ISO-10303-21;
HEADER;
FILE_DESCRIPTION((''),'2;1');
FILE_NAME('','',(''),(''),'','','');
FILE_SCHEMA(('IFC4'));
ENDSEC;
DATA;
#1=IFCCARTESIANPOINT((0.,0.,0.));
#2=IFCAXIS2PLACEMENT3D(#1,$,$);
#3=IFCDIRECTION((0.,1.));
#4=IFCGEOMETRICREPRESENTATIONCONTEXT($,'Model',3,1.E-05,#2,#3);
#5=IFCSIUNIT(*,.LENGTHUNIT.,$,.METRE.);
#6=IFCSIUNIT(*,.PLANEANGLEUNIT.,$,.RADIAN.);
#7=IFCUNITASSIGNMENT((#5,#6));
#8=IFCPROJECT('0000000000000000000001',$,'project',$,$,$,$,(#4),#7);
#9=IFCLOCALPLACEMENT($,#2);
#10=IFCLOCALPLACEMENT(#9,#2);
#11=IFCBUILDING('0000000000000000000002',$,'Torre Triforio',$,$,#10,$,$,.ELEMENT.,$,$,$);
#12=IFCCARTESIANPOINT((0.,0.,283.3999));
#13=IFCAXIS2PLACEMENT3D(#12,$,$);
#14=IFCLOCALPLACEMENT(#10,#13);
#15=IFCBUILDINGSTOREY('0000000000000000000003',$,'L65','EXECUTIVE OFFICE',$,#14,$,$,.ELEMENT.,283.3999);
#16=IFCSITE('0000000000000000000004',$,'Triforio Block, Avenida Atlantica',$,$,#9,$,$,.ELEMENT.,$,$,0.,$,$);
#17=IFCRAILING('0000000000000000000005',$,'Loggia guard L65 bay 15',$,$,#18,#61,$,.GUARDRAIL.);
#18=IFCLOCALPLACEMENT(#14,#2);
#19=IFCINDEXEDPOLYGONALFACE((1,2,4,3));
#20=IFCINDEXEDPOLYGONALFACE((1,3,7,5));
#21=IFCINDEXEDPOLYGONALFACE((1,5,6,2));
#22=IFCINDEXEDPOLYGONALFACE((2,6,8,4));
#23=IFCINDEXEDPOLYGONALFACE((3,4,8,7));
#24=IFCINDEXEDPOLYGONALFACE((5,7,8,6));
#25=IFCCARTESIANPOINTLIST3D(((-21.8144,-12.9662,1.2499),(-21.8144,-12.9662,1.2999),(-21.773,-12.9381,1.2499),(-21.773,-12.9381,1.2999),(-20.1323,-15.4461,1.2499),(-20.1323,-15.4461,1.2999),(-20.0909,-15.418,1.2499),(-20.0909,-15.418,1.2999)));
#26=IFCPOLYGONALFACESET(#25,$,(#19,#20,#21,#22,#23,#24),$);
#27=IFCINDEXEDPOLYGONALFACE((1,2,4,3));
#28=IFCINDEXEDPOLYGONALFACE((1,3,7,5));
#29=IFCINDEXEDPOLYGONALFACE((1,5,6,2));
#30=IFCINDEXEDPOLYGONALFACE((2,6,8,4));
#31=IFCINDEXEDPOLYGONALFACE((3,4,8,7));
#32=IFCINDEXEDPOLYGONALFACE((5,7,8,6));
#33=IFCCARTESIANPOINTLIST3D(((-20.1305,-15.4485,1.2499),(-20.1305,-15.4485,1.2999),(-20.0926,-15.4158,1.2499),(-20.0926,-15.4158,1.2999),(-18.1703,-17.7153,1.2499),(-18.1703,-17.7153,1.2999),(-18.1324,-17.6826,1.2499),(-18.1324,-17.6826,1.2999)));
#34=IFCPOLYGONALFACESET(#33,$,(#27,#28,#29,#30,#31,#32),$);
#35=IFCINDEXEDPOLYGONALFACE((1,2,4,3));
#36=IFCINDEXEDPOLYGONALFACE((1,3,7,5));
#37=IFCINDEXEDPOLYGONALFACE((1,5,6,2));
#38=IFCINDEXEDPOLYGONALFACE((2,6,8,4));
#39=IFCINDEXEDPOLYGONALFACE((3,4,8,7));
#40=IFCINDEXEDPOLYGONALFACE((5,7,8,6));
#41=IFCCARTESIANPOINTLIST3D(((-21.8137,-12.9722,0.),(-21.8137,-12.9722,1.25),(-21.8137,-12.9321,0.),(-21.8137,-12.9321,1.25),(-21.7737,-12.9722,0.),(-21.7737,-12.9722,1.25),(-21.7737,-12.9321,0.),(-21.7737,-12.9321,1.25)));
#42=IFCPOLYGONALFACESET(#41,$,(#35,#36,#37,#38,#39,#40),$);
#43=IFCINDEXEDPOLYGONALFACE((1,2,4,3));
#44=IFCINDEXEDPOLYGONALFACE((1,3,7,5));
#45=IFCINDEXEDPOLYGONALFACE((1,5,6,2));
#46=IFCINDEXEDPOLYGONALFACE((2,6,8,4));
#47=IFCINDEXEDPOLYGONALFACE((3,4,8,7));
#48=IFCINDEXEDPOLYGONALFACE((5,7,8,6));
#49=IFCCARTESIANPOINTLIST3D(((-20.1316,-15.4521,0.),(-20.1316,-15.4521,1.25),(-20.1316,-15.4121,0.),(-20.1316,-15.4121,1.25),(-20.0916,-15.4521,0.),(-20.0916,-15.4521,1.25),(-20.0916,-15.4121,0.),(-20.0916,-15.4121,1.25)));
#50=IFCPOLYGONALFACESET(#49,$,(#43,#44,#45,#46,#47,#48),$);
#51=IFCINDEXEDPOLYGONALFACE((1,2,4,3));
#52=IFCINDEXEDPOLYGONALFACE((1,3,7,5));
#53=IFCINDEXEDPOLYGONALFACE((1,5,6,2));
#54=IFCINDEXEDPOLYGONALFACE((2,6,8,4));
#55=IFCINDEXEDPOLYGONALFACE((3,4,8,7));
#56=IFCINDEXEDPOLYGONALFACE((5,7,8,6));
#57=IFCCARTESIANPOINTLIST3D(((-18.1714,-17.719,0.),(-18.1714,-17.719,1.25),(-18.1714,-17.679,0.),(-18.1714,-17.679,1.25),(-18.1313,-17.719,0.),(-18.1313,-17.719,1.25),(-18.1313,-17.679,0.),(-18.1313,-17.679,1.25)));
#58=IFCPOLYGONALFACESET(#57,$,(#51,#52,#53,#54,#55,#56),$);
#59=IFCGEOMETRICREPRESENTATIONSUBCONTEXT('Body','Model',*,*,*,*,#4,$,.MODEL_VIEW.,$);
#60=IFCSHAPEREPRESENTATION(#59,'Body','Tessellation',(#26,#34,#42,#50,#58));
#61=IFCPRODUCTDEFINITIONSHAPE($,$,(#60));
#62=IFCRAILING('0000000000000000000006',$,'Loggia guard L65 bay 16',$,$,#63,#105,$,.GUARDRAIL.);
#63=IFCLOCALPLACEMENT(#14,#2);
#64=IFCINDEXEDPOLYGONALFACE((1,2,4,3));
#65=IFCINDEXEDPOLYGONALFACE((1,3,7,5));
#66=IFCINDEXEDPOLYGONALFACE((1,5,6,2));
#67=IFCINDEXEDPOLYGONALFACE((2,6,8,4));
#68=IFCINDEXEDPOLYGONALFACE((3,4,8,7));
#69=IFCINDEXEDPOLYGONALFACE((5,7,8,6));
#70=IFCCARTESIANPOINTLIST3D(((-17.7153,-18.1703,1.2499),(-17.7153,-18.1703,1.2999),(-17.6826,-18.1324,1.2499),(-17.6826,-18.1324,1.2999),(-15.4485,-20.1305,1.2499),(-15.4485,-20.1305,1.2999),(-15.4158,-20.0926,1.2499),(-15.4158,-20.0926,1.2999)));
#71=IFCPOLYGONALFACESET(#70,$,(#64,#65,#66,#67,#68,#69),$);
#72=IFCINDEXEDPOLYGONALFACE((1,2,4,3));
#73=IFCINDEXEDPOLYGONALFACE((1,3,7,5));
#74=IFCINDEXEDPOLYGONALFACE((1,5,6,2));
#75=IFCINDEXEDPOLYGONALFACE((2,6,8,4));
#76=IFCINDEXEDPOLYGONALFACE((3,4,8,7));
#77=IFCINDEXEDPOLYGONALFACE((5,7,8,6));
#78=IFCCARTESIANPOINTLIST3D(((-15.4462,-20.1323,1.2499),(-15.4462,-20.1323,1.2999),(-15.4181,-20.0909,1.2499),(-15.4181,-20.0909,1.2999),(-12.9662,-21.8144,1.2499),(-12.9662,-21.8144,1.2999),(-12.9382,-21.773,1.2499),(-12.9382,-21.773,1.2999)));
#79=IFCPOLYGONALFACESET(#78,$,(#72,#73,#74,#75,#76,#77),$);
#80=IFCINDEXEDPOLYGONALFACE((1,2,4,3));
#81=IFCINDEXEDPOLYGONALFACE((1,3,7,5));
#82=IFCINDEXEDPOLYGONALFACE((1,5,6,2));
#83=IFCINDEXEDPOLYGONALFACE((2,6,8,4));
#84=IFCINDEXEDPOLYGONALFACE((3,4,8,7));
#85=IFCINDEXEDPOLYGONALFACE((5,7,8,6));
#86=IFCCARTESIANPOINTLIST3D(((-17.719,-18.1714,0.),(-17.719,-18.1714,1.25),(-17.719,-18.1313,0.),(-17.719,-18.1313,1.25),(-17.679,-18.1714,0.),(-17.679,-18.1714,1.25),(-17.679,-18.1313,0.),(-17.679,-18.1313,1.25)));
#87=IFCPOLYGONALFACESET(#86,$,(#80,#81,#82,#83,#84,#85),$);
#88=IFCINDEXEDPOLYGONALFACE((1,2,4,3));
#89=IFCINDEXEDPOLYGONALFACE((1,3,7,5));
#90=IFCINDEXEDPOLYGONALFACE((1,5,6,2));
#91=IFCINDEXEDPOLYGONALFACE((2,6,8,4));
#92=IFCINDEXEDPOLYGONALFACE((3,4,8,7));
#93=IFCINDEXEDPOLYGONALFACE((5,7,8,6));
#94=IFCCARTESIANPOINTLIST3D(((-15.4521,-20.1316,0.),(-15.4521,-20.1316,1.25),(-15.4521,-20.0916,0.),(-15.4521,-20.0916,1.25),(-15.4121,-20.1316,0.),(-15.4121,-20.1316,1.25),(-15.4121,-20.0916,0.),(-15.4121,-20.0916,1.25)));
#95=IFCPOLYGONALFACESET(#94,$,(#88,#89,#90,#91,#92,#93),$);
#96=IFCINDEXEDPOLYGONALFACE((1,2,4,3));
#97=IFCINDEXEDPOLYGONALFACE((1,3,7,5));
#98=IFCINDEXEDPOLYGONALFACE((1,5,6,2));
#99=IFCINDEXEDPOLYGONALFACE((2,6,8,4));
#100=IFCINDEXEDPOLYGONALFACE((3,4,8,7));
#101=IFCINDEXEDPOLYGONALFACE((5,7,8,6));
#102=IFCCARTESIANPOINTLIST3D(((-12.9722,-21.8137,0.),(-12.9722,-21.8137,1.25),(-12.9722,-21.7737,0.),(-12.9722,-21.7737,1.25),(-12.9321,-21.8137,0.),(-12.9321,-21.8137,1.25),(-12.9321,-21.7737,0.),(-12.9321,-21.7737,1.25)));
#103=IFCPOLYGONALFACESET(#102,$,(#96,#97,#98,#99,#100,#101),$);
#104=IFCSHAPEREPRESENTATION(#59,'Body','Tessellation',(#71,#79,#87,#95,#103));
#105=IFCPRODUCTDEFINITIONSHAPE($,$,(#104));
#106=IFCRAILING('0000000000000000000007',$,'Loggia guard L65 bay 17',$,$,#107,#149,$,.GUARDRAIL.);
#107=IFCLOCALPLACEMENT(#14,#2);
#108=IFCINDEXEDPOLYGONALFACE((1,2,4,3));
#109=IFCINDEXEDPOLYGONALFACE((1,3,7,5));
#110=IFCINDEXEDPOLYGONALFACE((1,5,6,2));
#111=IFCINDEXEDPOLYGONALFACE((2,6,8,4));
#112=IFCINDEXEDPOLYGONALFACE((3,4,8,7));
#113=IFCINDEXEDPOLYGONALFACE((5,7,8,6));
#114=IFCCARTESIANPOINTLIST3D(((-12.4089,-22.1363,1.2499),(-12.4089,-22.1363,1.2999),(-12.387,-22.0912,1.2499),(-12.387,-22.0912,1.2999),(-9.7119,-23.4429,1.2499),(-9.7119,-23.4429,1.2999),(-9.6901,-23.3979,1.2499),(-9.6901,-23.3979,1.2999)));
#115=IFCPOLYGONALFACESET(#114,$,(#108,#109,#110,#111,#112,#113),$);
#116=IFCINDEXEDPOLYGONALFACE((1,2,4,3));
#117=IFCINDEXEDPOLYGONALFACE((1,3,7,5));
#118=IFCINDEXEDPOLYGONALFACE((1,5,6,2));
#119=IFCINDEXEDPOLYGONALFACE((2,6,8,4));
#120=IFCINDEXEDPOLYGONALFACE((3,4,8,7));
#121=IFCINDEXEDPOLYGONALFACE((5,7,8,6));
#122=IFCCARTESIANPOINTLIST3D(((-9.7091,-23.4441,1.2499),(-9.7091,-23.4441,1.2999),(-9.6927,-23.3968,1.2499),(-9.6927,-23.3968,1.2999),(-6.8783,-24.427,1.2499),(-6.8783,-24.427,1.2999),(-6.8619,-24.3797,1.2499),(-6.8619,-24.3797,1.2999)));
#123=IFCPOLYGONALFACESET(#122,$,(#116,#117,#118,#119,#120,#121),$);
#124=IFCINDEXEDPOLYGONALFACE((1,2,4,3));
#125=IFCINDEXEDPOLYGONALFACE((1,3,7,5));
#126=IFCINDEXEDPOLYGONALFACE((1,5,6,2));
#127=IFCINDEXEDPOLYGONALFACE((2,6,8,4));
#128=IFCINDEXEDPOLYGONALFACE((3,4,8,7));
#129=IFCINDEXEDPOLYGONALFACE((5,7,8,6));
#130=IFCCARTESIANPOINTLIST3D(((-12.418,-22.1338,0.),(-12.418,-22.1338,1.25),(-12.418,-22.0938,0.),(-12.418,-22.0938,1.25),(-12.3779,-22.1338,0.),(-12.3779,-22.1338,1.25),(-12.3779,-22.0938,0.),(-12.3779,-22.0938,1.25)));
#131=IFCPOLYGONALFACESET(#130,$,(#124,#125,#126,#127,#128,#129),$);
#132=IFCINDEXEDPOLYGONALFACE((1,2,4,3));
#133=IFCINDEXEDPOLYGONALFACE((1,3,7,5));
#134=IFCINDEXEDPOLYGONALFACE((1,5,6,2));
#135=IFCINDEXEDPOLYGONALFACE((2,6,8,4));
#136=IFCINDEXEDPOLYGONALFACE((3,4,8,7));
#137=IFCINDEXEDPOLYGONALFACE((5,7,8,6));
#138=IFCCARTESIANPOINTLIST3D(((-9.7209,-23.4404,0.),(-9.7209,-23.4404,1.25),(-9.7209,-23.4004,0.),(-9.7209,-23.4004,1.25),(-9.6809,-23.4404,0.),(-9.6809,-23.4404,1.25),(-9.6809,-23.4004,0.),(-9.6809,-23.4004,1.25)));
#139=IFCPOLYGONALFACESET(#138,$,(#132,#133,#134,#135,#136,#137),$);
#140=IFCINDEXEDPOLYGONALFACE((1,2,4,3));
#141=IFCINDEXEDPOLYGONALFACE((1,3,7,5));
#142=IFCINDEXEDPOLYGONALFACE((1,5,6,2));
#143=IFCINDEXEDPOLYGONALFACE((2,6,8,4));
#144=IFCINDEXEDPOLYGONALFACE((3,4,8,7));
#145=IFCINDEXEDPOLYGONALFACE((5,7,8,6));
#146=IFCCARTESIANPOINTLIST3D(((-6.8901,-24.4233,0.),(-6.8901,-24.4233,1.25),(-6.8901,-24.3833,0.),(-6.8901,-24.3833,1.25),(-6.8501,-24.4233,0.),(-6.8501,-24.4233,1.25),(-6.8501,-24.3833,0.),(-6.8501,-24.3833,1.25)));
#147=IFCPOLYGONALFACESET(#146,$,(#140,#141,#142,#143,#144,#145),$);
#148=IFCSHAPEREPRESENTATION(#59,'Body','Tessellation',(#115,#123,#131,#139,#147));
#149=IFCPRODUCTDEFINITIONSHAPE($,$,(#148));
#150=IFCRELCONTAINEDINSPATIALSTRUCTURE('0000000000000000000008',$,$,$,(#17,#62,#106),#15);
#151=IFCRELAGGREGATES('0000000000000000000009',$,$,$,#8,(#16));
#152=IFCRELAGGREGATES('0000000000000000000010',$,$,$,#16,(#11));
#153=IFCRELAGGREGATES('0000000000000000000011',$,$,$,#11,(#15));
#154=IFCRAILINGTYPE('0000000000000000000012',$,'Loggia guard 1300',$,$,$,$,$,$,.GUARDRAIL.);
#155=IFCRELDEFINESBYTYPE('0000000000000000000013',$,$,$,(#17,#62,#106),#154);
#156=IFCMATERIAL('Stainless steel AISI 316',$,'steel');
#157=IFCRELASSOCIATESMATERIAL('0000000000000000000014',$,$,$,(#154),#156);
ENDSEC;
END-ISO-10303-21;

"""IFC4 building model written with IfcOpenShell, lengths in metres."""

from ifc_helpers import new_model, si_unit, direction, frame, origin, origin_2d, place, context, subcontext, project, spatial, rectangle, extrude, material, type_object, element, save


model = new_model("IFC4")

# Units and contexts
model_context = context("Model", 3, precision=1e-05, world=origin(), true_north=direction((0.0, 1.0)))
body_context = subcontext(model_context, "Body", "Model", "MODEL_VIEW")
ifc_project = project(units=[si_unit("LENGTHUNIT", "METRE"), si_unit("PLANEANGLEUNIT", "RADIAN")], contexts=[model_context])

# Site, building, storey
site_placement = place(None, origin())
site = spatial("IfcSite", under=ifc_project, at=site_placement, Name="Triforio Block, Avenida Atlantica", CompositionType="ELEMENT", RefElevation=0.0)
building_placement = place(site_placement, origin())
building = spatial("IfcBuilding", under=site, at=building_placement, Name="Torre Triforio", CompositionType="ELEMENT")
storey_placement = place(building_placement, frame((0.0, 0.0, 283.3999)))
storey = spatial("IfcBuildingStorey", under=building, at=storey_placement, Name="L65", Description="EXECUTIVE OFFICE", CompositionType="ELEMENT", Elevation=283.3999)

# Railings
ifc_material_1 = material(Name="Stainless steel AISI 316", Category="steel")
railing_type = type_object("IfcRailingType", Name="Loggia guard 1300", PredefinedType="GUARDRAIL", material=ifc_material_1)
railing_1_placement = place(storey_placement, frame((-21.7937, -12.9521, 0.0)))
element("IfcRailing", 1, at=railing_1_placement, inside=storey, type_object=railing_type, Name="Loggia guard L65 bay 15", PredefinedType="GUARDRAIL", context=body_context, shape_type="SweptSolid", body=[
    extrude(rectangle(XDim=0.05, YDim=0.05, at=origin_2d()), frame((0.0, 0.0, 1.2749), z_axis=(0.561338, -0.827587, 0.0), x_axis=(0.827587, 0.561338, 0.0)), (0.0, 0.0, 1.0), 2.9966),
    extrude(rectangle(XDim=0.05, YDim=0.05, at=origin_2d()), frame((1.6821, -2.48, 1.2749), z_axis=(0.654093, -0.756414, 0.0), x_axis=(0.756414, 0.654093, 0.0)), (0.0, 0.0, 1.0), 2.9968),
    extrude(rectangle(XDim=0.04, YDim=0.04, at=origin_2d()), origin(), (0.0, 0.0, 1.0), 1.25),
    extrude(rectangle(XDim=0.04, YDim=0.04, at=origin_2d()), frame((1.6821, -2.48, 0.0)), (0.0, 0.0, 1.0), 1.25),
    extrude(rectangle(XDim=0.04, YDim=0.04, at=origin_2d()), frame((3.6423, -4.7468, 0.0)), (0.0, 0.0, 1.0), 1.25),
])
railing_2_placement = place(storey_placement, frame((-17.699, -18.1514, 0.0)))
element("IfcRailing", 2, at=railing_2_placement, inside=storey, type_object=railing_type, Name="Loggia guard L65 bay 16", PredefinedType="GUARDRAIL", context=body_context, shape_type="SweptSolid", body=[
    extrude(rectangle(XDim=0.05, YDim=0.05, at=origin_2d()), frame((0.0, 0.0, 1.2749), z_axis=(0.756414, -0.654093, 0.0), x_axis=(0.654093, 0.756414, 0.0)), (0.0, 0.0, 1.0), 2.9968),
    extrude(rectangle(XDim=0.05, YDim=0.05, at=origin_2d()), frame((2.2668, -1.9602, 1.2749), z_axis=(0.827587, -0.561338, 0.0), x_axis=(0.561338, 0.827587, 0.0)), (0.0, 0.0, 1.0), 2.9966),
    extrude(rectangle(XDim=0.04, YDim=0.04, at=origin_2d()), origin(), (0.0, 0.0, 1.0), 1.25),
    extrude(rectangle(XDim=0.04, YDim=0.04, at=origin_2d()), frame((2.2668, -1.9602, 0.0)), (0.0, 0.0, 1.0), 1.25),
    extrude(rectangle(XDim=0.04, YDim=0.04, at=origin_2d()), frame((4.7468, -3.6423, 0.0)), (0.0, 0.0, 1.0), 1.25),
])
railing_3_placement = place(storey_placement, frame((-12.3979, -22.1138, 0.0)))
element("IfcRailing", 3, at=railing_3_placement, inside=storey, type_object=railing_type, Name="Loggia guard L65 bay 17", PredefinedType="GUARDRAIL", context=body_context, shape_type="SweptSolid", body=[
    extrude(rectangle(XDim=0.05, YDim=0.05, at=origin_2d()), frame((0.0, 0.0, 1.2749), z_axis=(0.899946, -0.436002, 0.0), x_axis=(0.436002, 0.899946, 0.0)), (0.0, 0.0, 1.0), 2.9968),
    extrude(rectangle(XDim=0.05, YDim=0.05, at=origin_2d()), frame((2.697, -1.3066, 1.2749), z_axis=(0.944675, -0.328009, 0.0), x_axis=(0.328009, 0.944675, 0.0)), (0.0, 0.0, 1.0), 2.9966),
    extrude(rectangle(XDim=0.04, YDim=0.04, at=origin_2d()), origin(), (0.0, 0.0, 1.0), 1.25),
    extrude(rectangle(XDim=0.04, YDim=0.04, at=origin_2d()), frame((2.697, -1.3066, 0.0)), (0.0, 0.0, 1.0), 1.25),
    extrude(rectangle(XDim=0.04, YDim=0.04, at=origin_2d()), frame((5.5278, -2.2896, 0.0)), (0.0, 0.0, 1.0), 1.25),
])

save(model, "model.ifc")
